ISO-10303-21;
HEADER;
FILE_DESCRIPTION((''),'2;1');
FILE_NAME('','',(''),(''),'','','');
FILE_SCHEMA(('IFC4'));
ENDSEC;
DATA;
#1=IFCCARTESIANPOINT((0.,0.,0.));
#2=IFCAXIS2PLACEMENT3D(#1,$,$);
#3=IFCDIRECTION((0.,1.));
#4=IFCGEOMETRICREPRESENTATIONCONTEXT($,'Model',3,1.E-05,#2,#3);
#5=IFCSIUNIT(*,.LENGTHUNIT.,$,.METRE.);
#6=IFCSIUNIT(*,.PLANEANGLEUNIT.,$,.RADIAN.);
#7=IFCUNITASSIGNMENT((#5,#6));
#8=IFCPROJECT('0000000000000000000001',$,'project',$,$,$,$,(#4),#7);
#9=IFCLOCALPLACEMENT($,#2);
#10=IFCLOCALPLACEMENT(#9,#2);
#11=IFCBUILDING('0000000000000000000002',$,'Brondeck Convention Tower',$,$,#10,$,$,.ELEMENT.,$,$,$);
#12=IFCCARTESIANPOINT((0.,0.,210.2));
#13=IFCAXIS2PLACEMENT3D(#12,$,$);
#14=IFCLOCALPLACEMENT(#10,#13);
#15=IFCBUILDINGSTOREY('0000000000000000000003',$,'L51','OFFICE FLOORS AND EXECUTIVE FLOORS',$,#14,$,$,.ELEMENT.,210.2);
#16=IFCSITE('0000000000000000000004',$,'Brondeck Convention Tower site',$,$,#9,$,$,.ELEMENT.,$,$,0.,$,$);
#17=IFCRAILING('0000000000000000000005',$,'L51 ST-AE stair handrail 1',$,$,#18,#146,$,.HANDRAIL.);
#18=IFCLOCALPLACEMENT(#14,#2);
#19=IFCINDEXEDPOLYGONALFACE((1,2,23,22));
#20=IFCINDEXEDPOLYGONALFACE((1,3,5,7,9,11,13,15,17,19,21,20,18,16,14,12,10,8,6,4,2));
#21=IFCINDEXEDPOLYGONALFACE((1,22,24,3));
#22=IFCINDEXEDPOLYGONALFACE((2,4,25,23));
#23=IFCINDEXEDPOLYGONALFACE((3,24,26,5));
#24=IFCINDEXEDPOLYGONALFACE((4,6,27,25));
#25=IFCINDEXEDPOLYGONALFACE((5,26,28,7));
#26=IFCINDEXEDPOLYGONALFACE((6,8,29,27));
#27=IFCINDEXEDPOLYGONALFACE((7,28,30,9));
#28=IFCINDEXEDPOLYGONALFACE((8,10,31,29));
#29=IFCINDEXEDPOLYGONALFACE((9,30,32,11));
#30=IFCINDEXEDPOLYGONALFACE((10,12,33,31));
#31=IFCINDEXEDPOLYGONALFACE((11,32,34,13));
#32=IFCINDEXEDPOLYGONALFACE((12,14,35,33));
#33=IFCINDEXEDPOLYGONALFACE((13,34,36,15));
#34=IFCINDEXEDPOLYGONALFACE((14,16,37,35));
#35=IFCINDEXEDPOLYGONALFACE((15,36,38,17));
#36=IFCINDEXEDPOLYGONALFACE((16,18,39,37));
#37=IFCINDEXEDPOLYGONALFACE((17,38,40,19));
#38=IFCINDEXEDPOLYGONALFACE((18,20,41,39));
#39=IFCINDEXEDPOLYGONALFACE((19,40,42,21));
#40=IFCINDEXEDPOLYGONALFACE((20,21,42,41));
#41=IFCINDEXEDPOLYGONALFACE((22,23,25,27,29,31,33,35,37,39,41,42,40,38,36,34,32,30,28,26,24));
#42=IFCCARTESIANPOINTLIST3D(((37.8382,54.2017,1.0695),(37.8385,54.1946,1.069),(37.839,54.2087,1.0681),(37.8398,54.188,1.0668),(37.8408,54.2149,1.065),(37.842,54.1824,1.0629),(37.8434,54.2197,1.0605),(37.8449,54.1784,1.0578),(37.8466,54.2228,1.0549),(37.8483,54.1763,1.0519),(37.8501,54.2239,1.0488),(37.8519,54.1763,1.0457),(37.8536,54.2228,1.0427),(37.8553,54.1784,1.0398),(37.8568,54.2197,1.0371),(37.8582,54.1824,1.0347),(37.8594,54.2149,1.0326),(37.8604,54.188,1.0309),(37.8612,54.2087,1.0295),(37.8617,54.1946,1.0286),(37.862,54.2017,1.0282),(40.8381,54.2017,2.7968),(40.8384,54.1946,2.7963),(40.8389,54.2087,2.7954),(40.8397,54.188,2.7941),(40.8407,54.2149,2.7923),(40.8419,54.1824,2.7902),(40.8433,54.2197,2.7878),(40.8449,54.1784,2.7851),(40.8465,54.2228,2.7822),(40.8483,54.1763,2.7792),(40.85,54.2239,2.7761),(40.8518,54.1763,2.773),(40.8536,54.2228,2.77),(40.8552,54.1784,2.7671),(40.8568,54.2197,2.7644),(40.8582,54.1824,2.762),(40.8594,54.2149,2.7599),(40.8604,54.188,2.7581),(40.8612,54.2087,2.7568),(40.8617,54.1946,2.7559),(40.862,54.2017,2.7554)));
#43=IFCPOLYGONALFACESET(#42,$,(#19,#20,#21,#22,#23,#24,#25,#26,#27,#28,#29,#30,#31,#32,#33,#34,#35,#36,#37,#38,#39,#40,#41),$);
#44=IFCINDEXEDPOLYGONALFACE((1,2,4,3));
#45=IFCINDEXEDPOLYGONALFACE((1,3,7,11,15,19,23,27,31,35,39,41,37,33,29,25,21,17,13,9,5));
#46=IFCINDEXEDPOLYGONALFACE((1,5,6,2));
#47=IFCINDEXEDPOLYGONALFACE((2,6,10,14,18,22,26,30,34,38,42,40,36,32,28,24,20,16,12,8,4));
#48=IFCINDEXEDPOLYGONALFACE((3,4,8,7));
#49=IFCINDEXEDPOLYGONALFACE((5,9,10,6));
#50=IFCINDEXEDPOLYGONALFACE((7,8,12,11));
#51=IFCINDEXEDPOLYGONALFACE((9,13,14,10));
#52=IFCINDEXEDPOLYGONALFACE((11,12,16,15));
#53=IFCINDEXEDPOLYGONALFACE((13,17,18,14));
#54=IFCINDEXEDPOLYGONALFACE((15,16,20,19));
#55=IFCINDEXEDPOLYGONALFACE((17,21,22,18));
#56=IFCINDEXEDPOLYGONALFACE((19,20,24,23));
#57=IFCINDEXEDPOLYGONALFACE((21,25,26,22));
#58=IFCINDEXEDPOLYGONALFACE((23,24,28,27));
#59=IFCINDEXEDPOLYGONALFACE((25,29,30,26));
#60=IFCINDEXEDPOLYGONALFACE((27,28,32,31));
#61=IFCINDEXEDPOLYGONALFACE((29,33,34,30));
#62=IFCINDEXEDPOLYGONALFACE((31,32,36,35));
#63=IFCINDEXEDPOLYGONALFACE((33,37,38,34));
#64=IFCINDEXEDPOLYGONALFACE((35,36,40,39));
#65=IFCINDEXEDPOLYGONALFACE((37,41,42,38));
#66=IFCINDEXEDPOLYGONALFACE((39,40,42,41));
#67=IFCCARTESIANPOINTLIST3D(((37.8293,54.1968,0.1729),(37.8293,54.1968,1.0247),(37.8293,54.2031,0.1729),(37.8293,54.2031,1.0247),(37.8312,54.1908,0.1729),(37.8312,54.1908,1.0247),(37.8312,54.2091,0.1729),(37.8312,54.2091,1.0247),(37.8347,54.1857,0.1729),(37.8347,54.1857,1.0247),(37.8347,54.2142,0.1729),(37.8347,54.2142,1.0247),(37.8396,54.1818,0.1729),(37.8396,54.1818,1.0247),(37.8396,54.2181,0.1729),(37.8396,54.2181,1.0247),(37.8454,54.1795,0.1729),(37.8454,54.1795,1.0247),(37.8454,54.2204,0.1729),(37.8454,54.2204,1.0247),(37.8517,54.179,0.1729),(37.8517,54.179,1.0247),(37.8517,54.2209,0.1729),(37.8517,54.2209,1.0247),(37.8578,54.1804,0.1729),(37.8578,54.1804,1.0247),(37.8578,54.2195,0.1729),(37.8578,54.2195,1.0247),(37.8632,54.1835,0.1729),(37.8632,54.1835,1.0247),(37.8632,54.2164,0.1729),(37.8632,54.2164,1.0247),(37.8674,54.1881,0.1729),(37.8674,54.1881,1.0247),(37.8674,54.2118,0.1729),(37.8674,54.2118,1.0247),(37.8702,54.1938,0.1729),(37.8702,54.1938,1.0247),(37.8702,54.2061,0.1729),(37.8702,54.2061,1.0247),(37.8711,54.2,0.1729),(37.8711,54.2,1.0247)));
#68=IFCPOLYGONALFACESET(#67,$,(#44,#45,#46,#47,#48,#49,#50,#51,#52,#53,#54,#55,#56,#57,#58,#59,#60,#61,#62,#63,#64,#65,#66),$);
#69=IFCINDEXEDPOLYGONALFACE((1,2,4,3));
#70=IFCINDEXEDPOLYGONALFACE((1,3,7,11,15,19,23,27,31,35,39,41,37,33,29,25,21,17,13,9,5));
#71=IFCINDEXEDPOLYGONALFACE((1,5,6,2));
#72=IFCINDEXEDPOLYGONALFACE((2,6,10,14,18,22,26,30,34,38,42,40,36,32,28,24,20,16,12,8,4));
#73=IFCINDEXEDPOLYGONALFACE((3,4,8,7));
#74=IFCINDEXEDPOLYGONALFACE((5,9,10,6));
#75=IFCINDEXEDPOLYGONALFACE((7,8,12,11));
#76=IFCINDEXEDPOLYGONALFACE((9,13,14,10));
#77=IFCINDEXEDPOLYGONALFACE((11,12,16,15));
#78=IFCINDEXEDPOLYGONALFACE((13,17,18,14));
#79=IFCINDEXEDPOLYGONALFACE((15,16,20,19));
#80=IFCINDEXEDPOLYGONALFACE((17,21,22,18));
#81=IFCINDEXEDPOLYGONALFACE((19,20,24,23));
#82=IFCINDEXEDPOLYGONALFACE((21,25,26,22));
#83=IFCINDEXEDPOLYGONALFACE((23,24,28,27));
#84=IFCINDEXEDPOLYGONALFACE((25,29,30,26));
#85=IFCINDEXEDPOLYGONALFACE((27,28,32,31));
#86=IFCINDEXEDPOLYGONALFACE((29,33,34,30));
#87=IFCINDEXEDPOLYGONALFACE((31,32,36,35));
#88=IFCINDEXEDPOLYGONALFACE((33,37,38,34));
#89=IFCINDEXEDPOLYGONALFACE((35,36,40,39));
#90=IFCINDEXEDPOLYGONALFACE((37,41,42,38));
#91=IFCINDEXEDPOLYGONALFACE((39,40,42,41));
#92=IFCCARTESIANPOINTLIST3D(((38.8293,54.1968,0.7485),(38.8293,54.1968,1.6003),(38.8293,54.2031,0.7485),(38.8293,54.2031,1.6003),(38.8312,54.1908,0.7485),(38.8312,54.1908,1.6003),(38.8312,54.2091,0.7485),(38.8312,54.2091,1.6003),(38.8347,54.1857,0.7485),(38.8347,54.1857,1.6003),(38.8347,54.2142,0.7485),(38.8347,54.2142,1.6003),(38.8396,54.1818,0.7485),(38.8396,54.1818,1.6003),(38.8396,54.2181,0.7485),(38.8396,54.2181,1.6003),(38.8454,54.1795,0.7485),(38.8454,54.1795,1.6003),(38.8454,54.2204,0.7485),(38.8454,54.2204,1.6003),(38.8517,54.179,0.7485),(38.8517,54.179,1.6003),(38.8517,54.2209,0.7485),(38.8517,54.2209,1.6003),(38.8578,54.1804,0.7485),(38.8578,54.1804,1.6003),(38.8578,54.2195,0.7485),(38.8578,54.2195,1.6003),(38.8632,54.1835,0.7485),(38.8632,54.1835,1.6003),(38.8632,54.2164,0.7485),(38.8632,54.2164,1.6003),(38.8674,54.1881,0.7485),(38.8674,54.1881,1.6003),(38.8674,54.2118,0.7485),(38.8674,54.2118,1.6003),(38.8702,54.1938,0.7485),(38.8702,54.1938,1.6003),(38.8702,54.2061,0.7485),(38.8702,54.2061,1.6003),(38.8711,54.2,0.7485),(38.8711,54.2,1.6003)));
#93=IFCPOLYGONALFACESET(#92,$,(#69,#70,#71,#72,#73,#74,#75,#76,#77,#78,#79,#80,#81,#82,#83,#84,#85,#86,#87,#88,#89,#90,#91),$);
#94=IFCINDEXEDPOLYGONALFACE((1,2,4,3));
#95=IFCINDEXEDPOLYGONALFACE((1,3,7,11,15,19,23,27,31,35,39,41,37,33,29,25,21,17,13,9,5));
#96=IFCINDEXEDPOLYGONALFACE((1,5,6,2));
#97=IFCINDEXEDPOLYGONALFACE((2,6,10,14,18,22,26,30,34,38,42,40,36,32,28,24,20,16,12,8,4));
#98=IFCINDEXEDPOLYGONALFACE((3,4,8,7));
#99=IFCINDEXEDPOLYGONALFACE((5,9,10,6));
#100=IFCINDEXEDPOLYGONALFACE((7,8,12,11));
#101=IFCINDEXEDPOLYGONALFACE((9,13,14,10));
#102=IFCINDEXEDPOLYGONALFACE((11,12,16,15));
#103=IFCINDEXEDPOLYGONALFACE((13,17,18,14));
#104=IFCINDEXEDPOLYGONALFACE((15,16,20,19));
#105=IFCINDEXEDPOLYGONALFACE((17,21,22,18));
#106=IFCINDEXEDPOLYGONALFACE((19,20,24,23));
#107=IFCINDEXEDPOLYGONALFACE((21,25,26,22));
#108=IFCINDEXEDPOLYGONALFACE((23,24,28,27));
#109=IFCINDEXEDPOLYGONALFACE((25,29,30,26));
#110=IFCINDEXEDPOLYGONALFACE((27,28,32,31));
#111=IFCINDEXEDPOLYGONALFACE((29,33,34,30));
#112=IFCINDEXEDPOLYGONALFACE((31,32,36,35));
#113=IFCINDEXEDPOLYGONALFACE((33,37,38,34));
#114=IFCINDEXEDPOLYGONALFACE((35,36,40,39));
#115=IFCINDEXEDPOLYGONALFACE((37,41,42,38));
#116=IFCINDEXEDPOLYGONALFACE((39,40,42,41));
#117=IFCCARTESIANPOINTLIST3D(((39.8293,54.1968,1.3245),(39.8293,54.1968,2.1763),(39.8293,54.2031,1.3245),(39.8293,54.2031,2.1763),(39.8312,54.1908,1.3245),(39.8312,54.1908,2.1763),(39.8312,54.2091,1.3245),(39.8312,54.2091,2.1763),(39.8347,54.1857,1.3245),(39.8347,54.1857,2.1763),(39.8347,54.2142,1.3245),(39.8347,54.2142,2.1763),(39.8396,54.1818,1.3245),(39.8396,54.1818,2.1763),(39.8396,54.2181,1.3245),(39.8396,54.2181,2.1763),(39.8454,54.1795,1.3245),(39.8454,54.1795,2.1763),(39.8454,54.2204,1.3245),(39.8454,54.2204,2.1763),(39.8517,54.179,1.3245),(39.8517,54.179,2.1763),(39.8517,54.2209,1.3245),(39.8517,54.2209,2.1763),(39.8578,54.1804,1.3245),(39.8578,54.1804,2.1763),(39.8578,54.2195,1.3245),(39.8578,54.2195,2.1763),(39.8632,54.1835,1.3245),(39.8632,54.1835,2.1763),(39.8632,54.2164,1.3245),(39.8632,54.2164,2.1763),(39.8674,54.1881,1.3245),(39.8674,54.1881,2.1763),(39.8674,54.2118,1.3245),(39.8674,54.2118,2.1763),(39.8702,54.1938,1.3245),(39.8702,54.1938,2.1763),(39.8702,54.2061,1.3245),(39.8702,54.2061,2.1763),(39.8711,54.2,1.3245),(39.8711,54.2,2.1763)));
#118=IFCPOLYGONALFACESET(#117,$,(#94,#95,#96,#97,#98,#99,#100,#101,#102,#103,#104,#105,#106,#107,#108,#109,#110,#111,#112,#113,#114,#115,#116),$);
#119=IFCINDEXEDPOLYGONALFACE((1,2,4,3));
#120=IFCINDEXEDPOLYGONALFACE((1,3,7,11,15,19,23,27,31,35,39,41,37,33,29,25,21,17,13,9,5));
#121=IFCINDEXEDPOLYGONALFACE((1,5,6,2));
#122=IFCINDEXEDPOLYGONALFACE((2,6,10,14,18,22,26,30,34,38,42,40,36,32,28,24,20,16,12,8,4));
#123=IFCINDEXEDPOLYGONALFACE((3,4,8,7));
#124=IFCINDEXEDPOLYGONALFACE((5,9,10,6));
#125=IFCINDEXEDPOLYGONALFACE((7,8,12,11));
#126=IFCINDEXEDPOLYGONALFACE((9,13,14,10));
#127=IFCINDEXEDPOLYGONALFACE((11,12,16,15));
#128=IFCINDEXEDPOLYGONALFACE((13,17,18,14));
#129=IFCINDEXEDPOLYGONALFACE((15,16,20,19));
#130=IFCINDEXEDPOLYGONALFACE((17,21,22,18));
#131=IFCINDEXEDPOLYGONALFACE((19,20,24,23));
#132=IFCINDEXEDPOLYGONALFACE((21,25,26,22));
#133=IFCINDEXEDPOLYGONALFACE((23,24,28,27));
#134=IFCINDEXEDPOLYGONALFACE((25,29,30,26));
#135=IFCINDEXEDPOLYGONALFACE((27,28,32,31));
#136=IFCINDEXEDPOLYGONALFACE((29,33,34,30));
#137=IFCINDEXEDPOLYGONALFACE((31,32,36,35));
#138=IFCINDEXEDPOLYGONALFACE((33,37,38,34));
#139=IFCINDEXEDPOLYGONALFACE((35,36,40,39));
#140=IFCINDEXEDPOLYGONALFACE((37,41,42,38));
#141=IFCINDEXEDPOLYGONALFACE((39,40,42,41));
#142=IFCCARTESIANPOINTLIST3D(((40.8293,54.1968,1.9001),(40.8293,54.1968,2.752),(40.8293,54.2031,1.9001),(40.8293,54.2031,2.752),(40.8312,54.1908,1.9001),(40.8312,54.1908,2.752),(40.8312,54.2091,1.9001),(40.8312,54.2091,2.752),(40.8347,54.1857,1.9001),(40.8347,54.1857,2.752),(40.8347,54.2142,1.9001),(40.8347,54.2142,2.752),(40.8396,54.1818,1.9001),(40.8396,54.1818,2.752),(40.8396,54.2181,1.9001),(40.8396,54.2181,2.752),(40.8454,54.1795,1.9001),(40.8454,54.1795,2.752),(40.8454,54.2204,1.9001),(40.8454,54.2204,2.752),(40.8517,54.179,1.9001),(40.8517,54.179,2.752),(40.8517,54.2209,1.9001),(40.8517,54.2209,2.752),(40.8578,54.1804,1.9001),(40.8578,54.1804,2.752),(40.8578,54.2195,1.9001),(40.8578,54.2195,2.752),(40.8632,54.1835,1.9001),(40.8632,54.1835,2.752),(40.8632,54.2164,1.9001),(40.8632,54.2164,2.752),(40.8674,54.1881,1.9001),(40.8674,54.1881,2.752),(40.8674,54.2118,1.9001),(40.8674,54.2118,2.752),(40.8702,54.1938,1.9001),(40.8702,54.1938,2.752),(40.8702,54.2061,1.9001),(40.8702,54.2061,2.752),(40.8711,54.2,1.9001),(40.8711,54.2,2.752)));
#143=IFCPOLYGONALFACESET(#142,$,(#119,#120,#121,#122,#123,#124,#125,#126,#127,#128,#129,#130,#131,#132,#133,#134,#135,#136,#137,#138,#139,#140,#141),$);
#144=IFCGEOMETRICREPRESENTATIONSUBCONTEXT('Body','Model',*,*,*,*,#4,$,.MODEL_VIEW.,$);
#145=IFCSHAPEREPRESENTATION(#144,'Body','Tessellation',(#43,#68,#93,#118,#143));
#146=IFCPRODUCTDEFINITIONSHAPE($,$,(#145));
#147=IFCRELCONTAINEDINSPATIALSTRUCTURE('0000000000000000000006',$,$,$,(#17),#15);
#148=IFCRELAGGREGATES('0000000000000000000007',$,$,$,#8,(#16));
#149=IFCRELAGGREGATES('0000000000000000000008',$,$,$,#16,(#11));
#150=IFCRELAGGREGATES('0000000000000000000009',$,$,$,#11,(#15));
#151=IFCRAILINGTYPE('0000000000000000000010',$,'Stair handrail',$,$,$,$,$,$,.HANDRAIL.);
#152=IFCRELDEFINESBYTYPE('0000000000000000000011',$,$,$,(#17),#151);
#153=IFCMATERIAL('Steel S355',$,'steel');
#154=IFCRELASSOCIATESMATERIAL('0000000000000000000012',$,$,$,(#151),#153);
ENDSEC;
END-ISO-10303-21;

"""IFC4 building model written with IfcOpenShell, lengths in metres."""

from ifc_helpers import new_model, si_unit, direction, frame, origin, origin_2d, place, context, subcontext, project, spatial, circle, extrude, material, type_object, element, save


model = new_model("IFC4")

# Units and contexts
model_context = context("Model", 3, precision=1e-05, world=origin(), true_north=direction((0.0, 1.0)))
body_context = subcontext(model_context, "Body", "Model", "MODEL_VIEW")
ifc_project = project(units=[si_unit("LENGTHUNIT", "METRE"), si_unit("PLANEANGLEUNIT", "RADIAN")], contexts=[model_context])

# Site, building, storey
site_placement = place(None, origin())
site = spatial("IfcSite", under=ifc_project, at=site_placement, Name="Brondeck Convention Tower site", CompositionType="ELEMENT", RefElevation=0.0)
building_placement = place(site_placement, origin())
building = spatial("IfcBuilding", under=site, at=building_placement, Name="Brondeck Convention Tower", CompositionType="ELEMENT")
storey_placement = place(building_placement, frame((0.0, 0.0, 210.2)))
storey = spatial("IfcBuildingStorey", under=building, at=storey_placement, Name="L51", Description="OFFICE FLOORS AND EXECUTIVE FLOORS", CompositionType="ELEMENT", Elevation=210.2)

# Shared definitions
ifc_material_1 = material(Name="Steel S355", Category="steel")

# Railing
railing_type_1 = type_object("IfcRailingType", Name="Stair handrail", PredefinedType="HANDRAIL", material=ifc_material_1)
railing_1_placement = place(storey_placement, frame((37.8501, 54.2, 0.1729)))
element("IfcRailing", 1, at=railing_1_placement, inside=storey, type_object=railing_type_1, Name="L51 ST-AE stair handrail 1", PredefinedType="HANDRAIL", context=body_context, shape_type="SweptSolid", body=[
    extrude(circle(Radius=0.0239, at=origin_2d()), frame((0.0, 0.0, 0.876), z_axis=(0.86662, 0.0, 0.498969), x_axis=(0.0, 1.0, 0.0)), (0.0, 0.0, 1.0), 3.4617),
    extrude(circle(Radius=0.021, at=origin_2d()), origin(), (0.0, 0.0, 1.0), 0.8518),
    extrude(circle(Radius=0.021, at=origin_2d()), frame((1.0, 0.0, 0.5757)), (0.0, 0.0, 1.0), 0.8518),
    extrude(circle(Radius=0.021, at=origin_2d()), frame((2.0, 0.0, 1.1516)), (0.0, 0.0, 1.0), 0.8518),
    extrude(circle(Radius=0.021, at=origin_2d()), frame((3.0, 0.0, 1.7273)), (0.0, 0.0, 1.0), 0.8518),
])

save(model, "model.ifc")
